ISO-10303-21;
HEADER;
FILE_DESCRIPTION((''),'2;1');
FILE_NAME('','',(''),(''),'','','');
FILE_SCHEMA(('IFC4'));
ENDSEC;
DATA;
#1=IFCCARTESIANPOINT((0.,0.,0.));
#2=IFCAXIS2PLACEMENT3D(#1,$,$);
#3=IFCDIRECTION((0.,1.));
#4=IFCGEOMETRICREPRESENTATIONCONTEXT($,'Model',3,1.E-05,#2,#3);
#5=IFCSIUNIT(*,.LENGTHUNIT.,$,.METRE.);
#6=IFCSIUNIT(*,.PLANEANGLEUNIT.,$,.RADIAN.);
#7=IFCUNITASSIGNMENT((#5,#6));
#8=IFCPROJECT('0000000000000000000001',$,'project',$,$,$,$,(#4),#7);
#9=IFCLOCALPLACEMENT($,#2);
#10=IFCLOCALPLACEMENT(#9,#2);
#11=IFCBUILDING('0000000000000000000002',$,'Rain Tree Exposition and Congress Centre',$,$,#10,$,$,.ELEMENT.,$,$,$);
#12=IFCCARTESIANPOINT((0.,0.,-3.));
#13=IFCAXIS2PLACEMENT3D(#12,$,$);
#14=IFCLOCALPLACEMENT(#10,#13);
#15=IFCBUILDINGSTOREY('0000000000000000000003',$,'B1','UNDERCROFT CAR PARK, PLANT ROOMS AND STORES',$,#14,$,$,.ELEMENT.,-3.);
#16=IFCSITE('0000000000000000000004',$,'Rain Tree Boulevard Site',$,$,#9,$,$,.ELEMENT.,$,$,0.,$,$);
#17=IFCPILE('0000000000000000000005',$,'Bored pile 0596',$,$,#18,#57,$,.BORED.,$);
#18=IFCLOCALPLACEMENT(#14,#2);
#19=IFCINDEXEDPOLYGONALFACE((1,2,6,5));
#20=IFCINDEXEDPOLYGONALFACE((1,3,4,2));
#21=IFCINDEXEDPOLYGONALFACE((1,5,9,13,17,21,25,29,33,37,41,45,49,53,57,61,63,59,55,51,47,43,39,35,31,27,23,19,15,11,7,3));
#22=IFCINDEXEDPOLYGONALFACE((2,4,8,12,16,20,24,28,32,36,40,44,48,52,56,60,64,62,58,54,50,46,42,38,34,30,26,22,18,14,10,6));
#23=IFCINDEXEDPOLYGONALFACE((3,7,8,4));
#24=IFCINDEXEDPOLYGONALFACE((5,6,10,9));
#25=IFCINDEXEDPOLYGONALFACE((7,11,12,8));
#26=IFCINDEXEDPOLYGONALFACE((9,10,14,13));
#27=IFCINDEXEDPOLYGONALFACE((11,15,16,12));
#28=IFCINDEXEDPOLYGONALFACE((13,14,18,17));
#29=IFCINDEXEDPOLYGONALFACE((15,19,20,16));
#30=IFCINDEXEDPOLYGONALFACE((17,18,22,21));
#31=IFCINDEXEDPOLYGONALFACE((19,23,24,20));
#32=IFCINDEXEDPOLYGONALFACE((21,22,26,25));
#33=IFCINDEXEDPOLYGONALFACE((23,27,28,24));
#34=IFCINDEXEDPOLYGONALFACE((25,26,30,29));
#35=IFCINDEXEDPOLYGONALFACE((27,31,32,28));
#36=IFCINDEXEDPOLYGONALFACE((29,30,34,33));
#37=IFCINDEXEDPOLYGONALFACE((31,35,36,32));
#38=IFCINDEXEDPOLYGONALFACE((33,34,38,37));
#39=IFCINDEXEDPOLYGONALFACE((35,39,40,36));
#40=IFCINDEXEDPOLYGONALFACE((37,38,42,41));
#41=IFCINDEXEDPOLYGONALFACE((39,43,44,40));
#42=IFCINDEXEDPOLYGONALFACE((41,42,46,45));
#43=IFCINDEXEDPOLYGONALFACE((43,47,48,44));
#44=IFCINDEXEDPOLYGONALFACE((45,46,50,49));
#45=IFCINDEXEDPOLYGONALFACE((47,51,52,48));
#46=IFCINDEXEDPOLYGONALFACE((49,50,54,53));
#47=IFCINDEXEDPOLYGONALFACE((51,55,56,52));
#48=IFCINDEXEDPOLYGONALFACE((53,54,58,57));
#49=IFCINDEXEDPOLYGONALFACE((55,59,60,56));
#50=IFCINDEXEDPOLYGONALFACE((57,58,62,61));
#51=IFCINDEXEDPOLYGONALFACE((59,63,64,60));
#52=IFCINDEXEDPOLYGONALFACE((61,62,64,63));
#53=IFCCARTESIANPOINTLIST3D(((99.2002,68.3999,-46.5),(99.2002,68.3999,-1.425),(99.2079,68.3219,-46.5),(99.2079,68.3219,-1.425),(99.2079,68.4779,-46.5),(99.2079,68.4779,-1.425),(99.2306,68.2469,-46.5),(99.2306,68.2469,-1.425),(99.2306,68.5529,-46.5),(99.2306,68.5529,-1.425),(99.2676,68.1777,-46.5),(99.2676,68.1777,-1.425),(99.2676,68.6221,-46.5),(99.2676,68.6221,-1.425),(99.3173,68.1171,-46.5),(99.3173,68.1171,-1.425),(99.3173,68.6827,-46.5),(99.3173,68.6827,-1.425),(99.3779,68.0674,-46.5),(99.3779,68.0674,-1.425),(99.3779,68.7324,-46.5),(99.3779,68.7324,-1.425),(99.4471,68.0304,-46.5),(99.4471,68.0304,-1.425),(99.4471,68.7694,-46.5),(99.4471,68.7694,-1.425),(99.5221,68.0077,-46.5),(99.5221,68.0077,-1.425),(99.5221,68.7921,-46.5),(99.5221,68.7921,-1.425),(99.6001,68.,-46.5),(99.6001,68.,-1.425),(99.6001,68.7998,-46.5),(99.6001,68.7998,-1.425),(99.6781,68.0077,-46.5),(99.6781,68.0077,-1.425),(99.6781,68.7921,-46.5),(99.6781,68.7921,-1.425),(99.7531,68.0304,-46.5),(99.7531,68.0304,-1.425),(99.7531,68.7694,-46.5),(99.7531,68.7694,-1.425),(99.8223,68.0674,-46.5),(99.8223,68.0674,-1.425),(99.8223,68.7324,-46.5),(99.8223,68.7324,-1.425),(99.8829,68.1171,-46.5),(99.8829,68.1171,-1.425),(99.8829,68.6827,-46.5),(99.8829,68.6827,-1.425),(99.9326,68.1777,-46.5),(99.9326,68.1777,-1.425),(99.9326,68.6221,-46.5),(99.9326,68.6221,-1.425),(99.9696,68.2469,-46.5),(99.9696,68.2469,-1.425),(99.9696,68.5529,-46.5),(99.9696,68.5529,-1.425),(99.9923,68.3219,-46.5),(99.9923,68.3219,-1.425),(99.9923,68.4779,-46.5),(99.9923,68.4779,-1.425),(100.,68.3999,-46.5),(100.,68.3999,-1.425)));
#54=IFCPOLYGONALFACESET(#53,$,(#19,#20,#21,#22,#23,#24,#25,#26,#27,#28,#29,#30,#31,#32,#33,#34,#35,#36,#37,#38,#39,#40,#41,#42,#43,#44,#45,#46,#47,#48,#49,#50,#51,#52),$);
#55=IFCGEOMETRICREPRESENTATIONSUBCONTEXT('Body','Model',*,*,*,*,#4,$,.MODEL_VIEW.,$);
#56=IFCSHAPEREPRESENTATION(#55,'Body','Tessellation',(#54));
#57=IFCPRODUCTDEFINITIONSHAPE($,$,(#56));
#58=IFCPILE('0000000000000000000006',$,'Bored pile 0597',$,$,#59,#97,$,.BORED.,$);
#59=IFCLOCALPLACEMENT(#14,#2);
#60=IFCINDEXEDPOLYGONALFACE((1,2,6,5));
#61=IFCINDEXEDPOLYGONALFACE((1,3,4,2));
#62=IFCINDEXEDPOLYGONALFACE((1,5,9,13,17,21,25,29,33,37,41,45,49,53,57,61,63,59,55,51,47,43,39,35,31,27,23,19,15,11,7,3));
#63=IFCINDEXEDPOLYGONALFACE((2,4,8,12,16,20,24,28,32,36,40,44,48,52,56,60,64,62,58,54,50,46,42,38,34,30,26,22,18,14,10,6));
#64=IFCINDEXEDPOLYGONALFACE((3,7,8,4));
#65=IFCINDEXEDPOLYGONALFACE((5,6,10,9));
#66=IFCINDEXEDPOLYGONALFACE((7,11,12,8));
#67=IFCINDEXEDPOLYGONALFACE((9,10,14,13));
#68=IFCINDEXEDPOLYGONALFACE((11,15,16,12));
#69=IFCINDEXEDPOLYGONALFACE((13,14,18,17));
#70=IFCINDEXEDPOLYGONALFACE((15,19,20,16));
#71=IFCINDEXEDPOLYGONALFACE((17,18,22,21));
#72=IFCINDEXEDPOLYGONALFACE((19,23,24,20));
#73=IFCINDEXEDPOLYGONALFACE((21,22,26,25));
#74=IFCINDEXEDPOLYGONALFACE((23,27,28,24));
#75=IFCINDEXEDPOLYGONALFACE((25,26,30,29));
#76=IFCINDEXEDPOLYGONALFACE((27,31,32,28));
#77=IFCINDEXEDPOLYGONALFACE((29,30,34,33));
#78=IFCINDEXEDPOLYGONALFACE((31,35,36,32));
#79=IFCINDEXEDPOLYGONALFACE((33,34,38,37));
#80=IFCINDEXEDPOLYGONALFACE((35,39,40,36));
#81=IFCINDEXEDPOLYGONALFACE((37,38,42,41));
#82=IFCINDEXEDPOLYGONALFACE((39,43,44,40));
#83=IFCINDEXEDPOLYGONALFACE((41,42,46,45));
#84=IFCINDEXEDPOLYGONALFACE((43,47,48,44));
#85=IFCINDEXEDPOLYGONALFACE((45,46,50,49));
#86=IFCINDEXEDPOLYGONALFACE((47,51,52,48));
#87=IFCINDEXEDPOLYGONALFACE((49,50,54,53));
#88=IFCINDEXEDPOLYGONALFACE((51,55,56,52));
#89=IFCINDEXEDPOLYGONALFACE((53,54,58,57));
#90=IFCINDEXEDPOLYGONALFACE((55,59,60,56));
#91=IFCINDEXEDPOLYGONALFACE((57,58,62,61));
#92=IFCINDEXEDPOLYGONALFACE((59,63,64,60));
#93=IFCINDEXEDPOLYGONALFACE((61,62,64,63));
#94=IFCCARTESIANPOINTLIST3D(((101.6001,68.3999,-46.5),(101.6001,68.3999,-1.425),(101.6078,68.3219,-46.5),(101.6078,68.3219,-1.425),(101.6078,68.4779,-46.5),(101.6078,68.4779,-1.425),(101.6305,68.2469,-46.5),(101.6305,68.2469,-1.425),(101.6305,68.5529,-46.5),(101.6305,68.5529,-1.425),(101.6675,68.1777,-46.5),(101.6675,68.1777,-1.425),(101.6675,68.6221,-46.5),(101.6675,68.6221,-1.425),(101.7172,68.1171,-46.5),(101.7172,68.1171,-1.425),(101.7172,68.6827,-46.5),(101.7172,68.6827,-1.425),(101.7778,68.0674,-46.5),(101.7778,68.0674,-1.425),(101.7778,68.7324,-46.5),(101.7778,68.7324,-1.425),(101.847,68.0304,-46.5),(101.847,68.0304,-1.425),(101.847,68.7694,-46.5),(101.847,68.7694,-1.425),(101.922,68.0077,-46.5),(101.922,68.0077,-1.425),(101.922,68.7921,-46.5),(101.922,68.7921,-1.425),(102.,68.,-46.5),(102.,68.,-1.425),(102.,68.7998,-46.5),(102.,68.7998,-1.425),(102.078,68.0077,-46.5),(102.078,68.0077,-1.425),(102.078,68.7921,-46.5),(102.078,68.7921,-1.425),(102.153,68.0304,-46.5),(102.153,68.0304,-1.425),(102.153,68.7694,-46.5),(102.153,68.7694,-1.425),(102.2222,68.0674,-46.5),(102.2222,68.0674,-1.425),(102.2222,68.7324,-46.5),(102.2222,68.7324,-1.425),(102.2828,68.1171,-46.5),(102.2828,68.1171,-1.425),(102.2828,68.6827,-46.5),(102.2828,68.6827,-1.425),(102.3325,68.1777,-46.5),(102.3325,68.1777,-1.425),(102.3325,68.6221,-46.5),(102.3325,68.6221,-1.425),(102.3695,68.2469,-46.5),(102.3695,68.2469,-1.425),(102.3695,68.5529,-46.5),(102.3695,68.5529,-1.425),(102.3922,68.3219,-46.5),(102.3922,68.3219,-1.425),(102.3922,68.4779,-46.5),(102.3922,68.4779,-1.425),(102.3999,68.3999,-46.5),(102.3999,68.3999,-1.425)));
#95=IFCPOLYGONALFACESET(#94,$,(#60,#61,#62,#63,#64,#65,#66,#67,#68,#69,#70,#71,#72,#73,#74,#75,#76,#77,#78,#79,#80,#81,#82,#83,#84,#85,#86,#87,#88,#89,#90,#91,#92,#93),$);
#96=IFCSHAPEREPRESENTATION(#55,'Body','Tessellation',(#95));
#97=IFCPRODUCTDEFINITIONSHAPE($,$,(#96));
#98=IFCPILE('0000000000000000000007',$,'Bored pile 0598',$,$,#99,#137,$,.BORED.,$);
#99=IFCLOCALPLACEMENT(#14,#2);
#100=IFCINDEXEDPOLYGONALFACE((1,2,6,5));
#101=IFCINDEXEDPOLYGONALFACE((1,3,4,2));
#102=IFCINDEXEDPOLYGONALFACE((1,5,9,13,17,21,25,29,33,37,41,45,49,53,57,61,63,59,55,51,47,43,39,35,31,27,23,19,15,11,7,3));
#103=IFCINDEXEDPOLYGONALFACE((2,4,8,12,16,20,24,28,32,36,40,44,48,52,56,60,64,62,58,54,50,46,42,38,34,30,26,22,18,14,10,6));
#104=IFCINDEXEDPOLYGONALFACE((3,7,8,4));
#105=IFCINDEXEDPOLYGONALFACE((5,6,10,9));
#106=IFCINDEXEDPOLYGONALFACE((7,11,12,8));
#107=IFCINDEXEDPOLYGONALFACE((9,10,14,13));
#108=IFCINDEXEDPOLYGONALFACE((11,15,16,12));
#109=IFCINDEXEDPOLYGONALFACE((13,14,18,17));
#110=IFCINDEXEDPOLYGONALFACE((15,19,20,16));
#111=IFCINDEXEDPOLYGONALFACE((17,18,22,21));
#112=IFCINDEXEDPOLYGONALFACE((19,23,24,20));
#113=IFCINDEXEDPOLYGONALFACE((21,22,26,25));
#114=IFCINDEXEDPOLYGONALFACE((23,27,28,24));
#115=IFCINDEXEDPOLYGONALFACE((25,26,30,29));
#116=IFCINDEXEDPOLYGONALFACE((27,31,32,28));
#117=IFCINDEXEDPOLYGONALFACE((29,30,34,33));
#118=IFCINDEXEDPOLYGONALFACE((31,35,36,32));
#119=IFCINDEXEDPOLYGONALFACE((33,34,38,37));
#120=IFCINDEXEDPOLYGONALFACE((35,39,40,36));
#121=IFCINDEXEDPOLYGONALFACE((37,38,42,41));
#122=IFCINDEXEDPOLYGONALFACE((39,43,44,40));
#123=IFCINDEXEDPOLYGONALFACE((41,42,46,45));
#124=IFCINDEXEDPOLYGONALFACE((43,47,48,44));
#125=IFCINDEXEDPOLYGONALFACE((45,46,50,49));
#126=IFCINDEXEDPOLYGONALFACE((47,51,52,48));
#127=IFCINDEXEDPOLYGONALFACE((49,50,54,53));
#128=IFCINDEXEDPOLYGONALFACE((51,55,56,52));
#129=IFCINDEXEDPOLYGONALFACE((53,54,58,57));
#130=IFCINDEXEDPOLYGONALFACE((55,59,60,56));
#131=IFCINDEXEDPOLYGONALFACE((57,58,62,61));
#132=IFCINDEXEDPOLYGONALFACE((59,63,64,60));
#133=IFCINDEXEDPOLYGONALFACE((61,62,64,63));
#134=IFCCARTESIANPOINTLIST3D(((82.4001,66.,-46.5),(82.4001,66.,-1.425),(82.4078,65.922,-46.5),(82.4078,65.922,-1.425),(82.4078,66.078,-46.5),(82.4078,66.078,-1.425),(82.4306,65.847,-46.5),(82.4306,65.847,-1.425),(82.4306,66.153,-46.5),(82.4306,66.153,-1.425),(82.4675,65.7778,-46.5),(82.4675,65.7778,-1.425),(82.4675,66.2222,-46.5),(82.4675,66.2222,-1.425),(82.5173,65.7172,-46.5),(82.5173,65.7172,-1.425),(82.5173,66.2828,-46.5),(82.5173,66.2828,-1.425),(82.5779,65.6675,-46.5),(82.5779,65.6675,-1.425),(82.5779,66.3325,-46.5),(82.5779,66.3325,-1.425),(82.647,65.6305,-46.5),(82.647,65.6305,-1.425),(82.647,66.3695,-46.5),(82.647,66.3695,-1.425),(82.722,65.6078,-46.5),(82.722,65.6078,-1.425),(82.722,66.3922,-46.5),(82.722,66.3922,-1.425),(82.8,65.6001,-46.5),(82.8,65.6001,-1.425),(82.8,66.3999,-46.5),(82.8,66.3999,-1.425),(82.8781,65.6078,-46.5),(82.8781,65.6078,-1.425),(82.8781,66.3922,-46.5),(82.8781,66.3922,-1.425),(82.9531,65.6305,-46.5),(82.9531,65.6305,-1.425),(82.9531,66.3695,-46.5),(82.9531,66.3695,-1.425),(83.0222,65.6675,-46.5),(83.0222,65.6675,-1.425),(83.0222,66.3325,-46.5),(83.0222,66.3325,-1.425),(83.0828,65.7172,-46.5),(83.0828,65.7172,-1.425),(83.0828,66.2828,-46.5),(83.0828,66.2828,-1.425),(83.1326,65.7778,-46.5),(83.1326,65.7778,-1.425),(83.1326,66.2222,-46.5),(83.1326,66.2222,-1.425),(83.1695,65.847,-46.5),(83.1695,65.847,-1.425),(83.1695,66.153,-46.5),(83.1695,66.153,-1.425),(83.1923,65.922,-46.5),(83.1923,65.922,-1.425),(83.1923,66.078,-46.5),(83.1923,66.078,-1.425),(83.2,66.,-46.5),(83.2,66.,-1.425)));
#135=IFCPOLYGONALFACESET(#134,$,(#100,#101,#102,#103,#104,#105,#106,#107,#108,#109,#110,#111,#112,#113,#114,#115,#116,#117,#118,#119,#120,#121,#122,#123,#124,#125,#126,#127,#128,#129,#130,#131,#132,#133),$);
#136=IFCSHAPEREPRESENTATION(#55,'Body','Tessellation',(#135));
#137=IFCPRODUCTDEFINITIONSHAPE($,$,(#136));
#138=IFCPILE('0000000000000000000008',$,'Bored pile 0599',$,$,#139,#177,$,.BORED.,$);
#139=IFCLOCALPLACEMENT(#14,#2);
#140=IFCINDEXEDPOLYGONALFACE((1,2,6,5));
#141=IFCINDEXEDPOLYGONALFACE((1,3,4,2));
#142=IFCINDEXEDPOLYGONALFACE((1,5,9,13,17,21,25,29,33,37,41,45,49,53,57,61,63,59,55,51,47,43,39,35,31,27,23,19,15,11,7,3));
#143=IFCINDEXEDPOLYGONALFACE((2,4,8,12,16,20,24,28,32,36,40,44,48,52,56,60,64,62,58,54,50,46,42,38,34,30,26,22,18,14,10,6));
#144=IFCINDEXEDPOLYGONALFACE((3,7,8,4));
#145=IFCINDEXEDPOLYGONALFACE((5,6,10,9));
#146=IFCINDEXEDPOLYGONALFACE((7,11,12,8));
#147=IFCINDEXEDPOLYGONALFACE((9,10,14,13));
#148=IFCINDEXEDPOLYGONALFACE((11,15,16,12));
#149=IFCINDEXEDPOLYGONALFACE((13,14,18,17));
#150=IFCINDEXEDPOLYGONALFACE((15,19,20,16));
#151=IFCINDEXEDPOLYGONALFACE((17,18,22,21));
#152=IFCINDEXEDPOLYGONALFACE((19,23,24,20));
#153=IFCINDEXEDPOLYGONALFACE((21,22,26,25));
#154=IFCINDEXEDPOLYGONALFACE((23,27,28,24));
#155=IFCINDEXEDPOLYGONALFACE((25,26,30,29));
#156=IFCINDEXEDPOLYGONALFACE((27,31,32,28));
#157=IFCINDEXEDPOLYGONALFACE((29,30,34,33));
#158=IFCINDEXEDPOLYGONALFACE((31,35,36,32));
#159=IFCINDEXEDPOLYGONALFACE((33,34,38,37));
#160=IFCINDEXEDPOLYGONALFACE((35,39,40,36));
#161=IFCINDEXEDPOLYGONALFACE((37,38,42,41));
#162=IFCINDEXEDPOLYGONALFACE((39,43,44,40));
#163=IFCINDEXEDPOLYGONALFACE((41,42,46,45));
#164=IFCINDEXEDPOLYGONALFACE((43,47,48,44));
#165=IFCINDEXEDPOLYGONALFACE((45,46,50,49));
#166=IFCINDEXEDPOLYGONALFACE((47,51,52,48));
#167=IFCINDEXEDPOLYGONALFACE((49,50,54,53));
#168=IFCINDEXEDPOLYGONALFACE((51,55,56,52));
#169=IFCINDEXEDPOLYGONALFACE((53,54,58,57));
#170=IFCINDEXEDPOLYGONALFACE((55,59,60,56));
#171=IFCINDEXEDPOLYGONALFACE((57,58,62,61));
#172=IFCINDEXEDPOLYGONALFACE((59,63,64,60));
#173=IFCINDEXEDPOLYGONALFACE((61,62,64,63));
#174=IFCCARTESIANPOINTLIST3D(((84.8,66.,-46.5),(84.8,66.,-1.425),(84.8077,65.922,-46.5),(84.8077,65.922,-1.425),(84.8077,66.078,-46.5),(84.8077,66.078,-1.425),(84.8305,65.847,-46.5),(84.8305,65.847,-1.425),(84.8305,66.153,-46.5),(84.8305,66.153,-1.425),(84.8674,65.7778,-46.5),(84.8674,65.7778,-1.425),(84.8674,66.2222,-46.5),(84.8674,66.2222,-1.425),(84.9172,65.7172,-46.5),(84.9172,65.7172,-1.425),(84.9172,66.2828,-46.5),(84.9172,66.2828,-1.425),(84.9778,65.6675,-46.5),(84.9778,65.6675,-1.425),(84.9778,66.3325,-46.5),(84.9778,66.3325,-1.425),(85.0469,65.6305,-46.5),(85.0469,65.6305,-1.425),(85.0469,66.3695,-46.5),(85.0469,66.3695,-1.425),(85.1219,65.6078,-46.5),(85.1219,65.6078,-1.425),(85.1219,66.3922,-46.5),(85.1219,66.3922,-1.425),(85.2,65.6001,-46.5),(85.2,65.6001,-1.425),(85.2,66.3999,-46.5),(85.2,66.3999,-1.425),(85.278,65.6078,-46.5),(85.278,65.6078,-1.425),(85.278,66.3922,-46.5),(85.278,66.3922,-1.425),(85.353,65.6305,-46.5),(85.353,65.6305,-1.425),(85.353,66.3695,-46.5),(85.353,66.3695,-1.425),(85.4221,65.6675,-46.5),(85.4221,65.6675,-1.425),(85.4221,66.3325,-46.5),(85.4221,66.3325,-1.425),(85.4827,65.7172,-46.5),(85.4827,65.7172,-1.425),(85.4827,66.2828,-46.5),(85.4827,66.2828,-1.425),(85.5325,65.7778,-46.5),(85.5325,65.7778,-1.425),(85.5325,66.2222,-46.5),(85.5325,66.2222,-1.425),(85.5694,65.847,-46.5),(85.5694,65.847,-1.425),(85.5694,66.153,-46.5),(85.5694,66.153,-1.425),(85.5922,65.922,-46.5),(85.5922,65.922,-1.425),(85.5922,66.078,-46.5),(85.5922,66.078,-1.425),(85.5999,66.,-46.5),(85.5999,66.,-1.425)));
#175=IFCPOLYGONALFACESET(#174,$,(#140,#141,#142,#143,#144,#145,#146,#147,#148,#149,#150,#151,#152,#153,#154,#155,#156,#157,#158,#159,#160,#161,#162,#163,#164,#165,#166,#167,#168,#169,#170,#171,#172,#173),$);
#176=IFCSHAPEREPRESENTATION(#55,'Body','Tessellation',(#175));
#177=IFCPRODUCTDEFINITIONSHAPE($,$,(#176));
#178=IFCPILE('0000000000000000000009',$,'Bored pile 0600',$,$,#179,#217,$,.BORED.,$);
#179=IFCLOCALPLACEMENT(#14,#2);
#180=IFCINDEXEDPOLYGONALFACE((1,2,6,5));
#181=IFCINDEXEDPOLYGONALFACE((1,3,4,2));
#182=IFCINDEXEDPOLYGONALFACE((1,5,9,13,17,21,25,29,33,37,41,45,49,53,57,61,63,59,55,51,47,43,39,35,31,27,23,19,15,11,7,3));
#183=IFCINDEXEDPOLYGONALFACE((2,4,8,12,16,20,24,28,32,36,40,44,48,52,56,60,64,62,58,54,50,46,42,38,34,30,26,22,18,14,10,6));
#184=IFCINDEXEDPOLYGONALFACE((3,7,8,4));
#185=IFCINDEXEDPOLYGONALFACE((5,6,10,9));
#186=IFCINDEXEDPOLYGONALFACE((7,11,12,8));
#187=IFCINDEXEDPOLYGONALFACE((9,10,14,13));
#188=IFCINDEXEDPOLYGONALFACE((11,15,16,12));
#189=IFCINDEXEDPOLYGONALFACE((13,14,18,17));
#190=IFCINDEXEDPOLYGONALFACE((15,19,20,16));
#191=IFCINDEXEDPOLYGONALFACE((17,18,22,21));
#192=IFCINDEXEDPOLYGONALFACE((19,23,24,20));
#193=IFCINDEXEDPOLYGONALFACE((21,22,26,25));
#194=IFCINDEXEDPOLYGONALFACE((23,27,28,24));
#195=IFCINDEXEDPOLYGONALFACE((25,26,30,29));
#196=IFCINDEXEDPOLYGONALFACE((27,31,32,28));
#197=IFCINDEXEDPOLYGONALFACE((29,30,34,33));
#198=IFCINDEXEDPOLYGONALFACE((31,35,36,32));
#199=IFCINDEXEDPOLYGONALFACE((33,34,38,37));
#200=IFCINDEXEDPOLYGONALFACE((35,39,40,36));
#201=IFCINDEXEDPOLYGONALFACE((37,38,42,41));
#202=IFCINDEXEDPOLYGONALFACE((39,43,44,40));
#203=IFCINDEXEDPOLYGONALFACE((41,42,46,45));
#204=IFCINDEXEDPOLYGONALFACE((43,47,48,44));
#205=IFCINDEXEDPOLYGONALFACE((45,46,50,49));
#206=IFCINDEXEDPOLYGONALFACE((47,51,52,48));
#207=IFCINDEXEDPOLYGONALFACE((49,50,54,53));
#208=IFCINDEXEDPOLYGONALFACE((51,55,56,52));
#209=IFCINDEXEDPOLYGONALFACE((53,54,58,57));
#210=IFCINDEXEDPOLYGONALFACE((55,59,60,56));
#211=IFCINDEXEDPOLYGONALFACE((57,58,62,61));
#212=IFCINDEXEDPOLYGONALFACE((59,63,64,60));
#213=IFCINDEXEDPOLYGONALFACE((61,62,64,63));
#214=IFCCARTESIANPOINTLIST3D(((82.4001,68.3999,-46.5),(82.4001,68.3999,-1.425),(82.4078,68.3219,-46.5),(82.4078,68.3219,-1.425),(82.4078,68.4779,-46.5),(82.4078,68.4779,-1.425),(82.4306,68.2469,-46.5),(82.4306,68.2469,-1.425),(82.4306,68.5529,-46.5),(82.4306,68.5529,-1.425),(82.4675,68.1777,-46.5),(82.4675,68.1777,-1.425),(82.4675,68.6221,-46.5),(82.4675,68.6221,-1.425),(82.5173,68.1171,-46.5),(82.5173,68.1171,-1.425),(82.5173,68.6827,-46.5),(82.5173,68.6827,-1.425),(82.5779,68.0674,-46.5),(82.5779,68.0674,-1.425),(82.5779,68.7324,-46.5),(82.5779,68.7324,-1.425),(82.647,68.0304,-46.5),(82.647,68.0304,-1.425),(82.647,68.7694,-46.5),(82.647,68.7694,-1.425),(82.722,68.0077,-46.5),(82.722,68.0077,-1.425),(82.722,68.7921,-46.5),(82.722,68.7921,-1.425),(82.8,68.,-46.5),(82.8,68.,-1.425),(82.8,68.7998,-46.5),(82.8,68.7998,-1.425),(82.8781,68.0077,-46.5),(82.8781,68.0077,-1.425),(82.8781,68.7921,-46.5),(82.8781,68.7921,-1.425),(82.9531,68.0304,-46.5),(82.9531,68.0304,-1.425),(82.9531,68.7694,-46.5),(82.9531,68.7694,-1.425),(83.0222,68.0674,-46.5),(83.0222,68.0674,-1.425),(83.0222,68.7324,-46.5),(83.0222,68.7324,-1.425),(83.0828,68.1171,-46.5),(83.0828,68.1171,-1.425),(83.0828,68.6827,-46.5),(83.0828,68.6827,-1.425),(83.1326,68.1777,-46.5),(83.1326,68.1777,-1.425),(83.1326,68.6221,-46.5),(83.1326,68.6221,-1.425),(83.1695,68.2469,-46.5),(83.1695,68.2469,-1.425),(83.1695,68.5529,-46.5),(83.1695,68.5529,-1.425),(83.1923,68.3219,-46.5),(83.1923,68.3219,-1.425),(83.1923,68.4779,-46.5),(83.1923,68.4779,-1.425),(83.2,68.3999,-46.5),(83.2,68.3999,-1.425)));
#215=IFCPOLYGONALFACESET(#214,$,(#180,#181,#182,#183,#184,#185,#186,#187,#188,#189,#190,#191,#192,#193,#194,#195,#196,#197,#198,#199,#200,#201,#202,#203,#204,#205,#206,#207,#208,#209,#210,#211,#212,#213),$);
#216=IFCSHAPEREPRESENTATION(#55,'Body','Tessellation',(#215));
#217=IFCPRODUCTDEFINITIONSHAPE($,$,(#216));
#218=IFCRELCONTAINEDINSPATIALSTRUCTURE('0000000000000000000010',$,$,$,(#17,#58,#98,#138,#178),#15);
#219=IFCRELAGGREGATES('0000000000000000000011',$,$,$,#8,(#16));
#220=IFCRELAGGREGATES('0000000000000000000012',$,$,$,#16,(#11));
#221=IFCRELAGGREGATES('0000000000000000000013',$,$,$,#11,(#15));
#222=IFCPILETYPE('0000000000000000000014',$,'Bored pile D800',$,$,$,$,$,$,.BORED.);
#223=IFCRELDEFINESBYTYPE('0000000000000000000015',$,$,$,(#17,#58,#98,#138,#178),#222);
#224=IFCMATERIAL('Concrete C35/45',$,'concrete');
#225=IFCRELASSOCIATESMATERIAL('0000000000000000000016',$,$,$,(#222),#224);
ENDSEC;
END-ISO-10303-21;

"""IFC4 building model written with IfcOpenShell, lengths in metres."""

from ifc_helpers import new_model, si_unit, direction, frame, origin, origin_2d, place, context, subcontext, project, spatial, circle, extrude, material, material_profile, profile_set, type_object, element, save


model = new_model("IFC4")

# Units and contexts
model_context = context("Model", 3, precision=1e-05, world=origin(), true_north=direction((0.0, 1.0)))
body_context = subcontext(model_context, "Body", "Model", "MODEL_VIEW")
ifc_project = project(units=[si_unit("LENGTHUNIT", "METRE"), si_unit("PLANEANGLEUNIT", "RADIAN")], contexts=[model_context])

# Site, building, storey
site_placement = place(None, origin())
site = spatial("IfcSite", under=ifc_project, at=site_placement, Name="Rain Tree Boulevard Site", CompositionType="ELEMENT", RefElevation=0.0)
building_placement = place(site_placement, origin())
building = spatial("IfcBuilding", under=site, at=building_placement, Name="Rain Tree Exposition and Congress Centre", CompositionType="ELEMENT")
storey_placement = place(building_placement, frame((0.0, 0.0, -3.0)))
storey = spatial("IfcBuildingStorey", under=building, at=storey_placement, Name="B1", Description="UNDERCROFT CAR PARK, PLANT ROOMS AND STORES", CompositionType="ELEMENT", Elevation=-3.0)

# Piles
ifc_material_1 = material(Name="Concrete C35/45", Category="concrete")
ifc_material_profile_1 = material_profile(ifc_material_1, circle(Radius=0.3999, at=origin_2d()), Name="D800")
ifc_profile_set_1 = profile_set([ifc_material_profile_1], Name="Concrete C35/45")
pile_type_1 = type_object("IfcPileType", Name="Bored pile D800", PredefinedType="BORED", material=ifc_profile_set_1)
for number, where, z_axis, x_axis, name in (
    (1, (99.6001, 68.3999, -1.425), (0.0, 0.0, -1.0), (1.0, 0.0, 0.0), "Bored pile 0596"),
    (2, (102.0, 68.3999, -1.425), (0.0, 0.0, -1.0), (1.0, 0.0, 0.0), "Bored pile 0597"),
    (3, (82.8, 66.0, -1.425), (0.0, 0.0, -1.0), (1.0, 0.0, 0.0), "Bored pile 0598"),
    (4, (85.2, 66.0, -1.425), (0.0, 0.0, -1.0), (1.0, 0.0, 0.0), "Bored pile 0599"),
    (5, (82.8, 68.3999, -1.425), (0.0, 0.0, -1.0), (1.0, 0.0, 0.0), "Bored pile 0600"),
):
    element("IfcPile", number, at=place(storey_placement, frame(where, z_axis=z_axis, x_axis=x_axis)), inside=storey, type_object=pile_type_1, Name=name, PredefinedType="BORED", context=body_context, shape_type="SweptSolid", body=[
        extrude(circle(Radius=0.3999, at=origin_2d()), origin(), (0.0, 0.0, 1.0), 45.075),
    ])

save(model, "model.ifc")
